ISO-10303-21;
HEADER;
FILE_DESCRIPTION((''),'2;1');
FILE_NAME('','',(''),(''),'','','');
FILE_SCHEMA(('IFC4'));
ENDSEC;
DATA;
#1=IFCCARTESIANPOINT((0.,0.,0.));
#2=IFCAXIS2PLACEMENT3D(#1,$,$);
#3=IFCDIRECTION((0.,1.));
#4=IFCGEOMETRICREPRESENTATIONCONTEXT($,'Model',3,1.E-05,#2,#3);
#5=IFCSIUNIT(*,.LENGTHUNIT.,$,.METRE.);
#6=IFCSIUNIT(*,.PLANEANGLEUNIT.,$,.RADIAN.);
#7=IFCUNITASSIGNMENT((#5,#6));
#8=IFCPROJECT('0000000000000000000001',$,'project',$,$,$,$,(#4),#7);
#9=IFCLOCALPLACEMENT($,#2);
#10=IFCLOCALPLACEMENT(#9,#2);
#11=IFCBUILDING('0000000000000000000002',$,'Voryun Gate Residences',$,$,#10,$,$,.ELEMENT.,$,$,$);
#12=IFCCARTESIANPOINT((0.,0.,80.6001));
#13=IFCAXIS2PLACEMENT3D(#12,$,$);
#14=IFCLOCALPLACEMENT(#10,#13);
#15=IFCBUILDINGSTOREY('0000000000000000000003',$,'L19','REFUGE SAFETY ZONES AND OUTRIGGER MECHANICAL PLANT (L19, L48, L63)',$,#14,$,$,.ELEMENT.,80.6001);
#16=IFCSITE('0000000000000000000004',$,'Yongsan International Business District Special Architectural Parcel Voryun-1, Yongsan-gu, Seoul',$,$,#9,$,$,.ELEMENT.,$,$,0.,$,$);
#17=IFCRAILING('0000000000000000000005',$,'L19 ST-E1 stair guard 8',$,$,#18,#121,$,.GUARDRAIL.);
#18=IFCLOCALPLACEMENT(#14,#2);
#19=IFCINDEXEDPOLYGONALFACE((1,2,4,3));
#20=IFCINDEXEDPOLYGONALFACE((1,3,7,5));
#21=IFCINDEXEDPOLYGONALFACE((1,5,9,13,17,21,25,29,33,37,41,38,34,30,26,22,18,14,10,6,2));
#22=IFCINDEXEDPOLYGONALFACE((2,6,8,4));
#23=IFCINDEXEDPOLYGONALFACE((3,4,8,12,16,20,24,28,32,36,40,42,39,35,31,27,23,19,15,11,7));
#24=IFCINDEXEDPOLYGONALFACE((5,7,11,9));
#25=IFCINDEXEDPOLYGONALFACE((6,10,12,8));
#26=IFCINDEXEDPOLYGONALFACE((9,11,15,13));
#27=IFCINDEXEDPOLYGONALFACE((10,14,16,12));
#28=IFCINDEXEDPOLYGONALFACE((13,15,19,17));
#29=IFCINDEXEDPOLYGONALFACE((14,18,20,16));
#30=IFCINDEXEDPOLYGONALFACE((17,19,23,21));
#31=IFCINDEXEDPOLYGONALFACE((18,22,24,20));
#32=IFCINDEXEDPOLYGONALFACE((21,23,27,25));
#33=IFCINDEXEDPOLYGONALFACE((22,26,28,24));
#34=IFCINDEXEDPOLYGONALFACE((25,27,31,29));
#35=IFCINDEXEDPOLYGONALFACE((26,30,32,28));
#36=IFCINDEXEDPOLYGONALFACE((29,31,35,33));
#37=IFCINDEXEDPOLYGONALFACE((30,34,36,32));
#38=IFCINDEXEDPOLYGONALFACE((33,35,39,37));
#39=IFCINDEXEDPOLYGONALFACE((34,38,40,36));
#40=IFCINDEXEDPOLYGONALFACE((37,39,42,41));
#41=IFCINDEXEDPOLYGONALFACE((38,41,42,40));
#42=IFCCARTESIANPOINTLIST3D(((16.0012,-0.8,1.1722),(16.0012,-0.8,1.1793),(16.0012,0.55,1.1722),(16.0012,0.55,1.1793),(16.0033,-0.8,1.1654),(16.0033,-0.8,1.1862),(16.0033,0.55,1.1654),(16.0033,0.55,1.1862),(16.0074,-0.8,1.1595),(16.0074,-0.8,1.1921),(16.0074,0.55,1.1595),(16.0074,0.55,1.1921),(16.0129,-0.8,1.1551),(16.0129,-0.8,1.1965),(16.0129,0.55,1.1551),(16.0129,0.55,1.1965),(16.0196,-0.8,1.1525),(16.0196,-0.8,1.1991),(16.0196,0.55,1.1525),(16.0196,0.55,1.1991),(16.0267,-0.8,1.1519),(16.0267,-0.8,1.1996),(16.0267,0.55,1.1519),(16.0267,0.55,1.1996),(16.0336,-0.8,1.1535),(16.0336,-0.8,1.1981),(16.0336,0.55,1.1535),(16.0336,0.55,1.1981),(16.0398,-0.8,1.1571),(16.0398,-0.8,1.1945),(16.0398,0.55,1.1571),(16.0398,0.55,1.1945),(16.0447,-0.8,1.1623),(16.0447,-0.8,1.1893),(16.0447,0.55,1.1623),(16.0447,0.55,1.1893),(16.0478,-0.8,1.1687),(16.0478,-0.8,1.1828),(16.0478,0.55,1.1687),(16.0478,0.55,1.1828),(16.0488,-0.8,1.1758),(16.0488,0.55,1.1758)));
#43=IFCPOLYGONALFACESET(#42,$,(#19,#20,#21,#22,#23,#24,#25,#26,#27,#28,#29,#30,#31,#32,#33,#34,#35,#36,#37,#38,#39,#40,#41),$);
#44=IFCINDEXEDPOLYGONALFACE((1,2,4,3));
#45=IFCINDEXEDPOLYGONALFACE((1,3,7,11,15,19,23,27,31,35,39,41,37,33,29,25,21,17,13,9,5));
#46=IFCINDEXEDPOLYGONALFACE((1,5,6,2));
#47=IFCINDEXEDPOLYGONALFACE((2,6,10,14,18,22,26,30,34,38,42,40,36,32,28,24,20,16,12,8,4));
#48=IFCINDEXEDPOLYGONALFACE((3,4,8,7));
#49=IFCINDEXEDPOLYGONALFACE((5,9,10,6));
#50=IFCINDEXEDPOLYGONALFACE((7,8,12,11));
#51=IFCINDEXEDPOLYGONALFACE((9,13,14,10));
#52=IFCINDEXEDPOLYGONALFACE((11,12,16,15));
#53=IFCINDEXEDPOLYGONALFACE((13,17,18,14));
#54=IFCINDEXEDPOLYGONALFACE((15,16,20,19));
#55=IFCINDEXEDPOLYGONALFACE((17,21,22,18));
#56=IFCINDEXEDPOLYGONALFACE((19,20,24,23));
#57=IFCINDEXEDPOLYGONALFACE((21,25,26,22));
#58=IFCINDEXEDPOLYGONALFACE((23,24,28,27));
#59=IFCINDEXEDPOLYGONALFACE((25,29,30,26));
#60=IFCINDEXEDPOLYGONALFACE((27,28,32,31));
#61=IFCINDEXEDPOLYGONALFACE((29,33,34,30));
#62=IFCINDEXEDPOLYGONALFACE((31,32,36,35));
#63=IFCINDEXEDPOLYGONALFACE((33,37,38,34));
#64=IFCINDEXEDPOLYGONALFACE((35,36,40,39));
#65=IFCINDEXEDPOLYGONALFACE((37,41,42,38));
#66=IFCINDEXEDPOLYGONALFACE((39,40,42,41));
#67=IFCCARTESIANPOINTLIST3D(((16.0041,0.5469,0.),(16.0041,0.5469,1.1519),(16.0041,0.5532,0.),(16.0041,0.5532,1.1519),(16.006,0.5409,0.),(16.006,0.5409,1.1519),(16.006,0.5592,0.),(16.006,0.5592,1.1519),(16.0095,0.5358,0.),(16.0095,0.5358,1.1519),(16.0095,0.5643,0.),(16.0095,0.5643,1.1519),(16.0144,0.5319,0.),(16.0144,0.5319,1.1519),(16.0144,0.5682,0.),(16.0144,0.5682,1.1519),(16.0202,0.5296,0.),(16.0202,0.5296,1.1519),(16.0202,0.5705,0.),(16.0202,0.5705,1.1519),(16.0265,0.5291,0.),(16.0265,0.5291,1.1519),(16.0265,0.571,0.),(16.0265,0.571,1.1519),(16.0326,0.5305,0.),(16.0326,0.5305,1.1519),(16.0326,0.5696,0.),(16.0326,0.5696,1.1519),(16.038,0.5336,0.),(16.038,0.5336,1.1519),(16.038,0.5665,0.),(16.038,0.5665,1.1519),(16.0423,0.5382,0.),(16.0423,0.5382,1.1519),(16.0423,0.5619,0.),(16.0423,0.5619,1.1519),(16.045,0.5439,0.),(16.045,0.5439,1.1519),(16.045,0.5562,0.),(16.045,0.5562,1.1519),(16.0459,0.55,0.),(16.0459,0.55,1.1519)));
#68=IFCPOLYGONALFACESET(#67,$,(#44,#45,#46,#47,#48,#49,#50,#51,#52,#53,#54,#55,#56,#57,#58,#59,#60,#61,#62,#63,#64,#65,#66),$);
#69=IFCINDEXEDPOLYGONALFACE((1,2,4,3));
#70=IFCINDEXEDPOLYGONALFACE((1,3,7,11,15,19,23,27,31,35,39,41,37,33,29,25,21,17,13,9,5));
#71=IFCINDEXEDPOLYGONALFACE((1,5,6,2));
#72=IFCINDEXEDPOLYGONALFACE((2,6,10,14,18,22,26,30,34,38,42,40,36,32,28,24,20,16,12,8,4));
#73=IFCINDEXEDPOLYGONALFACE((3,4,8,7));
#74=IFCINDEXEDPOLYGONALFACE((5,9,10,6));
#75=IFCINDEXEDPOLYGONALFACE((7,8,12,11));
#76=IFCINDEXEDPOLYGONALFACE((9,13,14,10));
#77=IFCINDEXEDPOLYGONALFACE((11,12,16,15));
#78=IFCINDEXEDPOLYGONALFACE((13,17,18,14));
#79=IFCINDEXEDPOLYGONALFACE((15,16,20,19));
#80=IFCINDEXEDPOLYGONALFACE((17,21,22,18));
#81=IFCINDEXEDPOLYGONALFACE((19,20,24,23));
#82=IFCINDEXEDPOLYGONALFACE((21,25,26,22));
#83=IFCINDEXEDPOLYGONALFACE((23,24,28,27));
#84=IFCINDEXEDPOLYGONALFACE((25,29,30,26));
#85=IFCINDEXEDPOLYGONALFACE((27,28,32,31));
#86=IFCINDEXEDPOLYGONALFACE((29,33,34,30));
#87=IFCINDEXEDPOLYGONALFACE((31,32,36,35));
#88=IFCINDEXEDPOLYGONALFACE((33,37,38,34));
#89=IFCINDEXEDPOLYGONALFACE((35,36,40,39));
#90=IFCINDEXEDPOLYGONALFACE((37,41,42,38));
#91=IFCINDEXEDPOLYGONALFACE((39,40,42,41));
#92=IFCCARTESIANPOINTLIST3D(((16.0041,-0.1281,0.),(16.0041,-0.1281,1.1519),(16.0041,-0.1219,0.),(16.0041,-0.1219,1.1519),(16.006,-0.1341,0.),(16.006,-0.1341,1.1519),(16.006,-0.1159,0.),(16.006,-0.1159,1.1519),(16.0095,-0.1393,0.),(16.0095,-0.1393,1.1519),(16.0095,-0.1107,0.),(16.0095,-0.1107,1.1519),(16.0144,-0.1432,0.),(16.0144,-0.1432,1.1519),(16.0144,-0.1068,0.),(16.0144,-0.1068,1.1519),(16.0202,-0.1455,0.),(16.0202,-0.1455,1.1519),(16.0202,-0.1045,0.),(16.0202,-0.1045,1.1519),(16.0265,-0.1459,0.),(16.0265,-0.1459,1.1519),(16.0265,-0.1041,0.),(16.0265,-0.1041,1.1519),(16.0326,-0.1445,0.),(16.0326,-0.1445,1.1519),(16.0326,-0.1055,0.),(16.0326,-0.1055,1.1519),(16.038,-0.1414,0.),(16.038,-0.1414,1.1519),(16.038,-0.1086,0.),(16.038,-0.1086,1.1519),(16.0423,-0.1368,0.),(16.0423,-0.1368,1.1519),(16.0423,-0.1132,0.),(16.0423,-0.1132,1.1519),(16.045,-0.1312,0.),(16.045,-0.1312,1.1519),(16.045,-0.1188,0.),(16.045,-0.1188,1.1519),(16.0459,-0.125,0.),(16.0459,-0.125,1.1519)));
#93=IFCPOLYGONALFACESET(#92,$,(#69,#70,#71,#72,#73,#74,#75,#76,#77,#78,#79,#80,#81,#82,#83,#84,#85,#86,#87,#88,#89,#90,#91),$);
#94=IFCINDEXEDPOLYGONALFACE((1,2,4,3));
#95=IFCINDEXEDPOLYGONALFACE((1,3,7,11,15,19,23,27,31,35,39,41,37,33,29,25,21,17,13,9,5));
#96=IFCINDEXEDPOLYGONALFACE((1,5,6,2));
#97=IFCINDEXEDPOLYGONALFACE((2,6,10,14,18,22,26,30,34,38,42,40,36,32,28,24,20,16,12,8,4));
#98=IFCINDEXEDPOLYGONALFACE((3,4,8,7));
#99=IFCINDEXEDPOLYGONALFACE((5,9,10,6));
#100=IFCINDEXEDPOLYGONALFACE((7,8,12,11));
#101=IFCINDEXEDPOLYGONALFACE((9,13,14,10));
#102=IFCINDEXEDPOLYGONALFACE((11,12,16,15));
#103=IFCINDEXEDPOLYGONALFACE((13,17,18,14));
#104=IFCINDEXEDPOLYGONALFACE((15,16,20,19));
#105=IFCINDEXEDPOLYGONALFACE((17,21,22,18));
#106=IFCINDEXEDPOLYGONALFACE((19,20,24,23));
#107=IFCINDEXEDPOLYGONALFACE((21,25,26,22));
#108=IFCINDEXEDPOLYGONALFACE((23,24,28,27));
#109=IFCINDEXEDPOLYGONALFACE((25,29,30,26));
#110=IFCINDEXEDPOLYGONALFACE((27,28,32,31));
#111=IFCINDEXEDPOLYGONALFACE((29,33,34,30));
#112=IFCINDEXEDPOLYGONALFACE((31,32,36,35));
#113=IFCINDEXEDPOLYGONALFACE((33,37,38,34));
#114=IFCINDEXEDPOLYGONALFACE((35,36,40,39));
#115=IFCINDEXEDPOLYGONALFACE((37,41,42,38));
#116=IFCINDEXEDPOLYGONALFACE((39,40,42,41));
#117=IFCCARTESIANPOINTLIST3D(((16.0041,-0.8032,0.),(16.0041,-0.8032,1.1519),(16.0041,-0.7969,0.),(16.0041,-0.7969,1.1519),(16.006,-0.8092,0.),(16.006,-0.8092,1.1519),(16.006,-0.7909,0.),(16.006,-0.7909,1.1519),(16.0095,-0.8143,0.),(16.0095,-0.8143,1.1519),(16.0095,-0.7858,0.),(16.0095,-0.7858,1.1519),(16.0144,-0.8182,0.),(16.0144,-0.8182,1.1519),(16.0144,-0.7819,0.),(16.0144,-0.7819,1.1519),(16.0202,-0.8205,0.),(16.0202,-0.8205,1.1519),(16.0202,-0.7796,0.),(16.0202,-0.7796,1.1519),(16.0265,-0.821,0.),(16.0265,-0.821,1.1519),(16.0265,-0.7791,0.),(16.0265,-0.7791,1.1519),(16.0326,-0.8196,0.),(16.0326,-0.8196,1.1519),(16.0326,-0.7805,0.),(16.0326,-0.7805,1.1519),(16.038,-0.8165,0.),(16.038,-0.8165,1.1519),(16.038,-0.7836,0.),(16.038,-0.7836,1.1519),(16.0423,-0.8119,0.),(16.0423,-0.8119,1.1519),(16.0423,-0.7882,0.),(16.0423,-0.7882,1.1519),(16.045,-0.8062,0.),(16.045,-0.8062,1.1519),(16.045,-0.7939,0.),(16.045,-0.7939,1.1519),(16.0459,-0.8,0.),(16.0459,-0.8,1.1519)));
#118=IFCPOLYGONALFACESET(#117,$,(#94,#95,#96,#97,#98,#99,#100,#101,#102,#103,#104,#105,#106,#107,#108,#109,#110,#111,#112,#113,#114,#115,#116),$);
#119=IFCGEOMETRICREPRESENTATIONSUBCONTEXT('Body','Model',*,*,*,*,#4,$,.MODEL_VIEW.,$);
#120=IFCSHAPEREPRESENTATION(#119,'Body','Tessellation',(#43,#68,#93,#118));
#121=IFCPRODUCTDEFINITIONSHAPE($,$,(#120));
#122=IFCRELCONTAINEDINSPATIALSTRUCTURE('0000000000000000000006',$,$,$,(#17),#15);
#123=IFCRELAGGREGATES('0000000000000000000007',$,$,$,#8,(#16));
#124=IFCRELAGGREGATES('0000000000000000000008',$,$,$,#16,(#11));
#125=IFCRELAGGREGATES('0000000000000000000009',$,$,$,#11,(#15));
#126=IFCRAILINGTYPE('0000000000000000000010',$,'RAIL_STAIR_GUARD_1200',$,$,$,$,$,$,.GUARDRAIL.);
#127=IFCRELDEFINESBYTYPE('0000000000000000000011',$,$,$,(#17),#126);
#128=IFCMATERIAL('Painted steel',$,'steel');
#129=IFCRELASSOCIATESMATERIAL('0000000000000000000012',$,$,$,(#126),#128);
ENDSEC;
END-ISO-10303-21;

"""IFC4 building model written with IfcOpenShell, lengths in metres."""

from ifc_helpers import new_model, si_unit, direction, frame, origin, origin_2d, place, context, subcontext, project, spatial, circle, extrude, material, type_object, element, save


model = new_model("IFC4")

# Units and contexts
model_context = context("Model", 3, precision=1e-05, world=origin(), true_north=direction((0.0, 1.0)))
body_context = subcontext(model_context, "Body", "Model", "MODEL_VIEW")
ifc_project = project(units=[si_unit("LENGTHUNIT", "METRE"), si_unit("PLANEANGLEUNIT", "RADIAN")], contexts=[model_context])

# Site, building, storey
site_placement = place(None, origin())
site = spatial("IfcSite", under=ifc_project, at=site_placement, Name="Yongsan International Business District Special Architectural Parcel Voryun-1, Yongsan-gu, Seoul", CompositionType="ELEMENT", RefElevation=0.0)
building_placement = place(site_placement, origin())
building = spatial("IfcBuilding", under=site, at=building_placement, Name="Voryun Gate Residences", CompositionType="ELEMENT")
storey_placement = place(building_placement, frame((0.0, 0.0, 80.6001)))
storey = spatial("IfcBuildingStorey", under=building, at=storey_placement, Name="L19", Description="REFUGE SAFETY ZONES AND OUTRIGGER MECHANICAL PLANT (L19, L48, L63)", CompositionType="ELEMENT", Elevation=80.6001)

# Railing
ifc_material_1 = material(Name="Painted steel", Category="steel")
railing_type_1 = type_object("IfcRailingType", Name="RAIL_STAIR_GUARD_1200", PredefinedType="GUARDRAIL", material=ifc_material_1)
railing_1_placement = place(storey_placement, frame((16.0249, 0.55, 0.0)))
element("IfcRailing", 1, at=railing_1_placement, inside=storey, type_object=railing_type_1, Name="L19 ST-E1 stair guard 8", PredefinedType="GUARDRAIL", context=body_context, shape_type="SweptSolid", body=[
    extrude(circle(Radius=0.0239, at=origin_2d()), frame((0.0, 0.0, 1.1758), z_axis=(0.0, -1.0, 0.0), x_axis=(1.0, 0.0, 0.0)), (0.0, 0.0, 1.0), 1.3501),
    extrude(circle(Radius=0.021, at=origin_2d()), origin(), (0.0, 0.0, 1.0), 1.1519),
    extrude(circle(Radius=0.021, at=origin_2d()), frame((0.0, -0.675, 0.0)), (0.0, 0.0, 1.0), 1.1519),
    extrude(circle(Radius=0.021, at=origin_2d()), frame((0.0, -1.3501, 0.0)), (0.0, 0.0, 1.0), 1.1519),
])

save(model, "model.ifc")
